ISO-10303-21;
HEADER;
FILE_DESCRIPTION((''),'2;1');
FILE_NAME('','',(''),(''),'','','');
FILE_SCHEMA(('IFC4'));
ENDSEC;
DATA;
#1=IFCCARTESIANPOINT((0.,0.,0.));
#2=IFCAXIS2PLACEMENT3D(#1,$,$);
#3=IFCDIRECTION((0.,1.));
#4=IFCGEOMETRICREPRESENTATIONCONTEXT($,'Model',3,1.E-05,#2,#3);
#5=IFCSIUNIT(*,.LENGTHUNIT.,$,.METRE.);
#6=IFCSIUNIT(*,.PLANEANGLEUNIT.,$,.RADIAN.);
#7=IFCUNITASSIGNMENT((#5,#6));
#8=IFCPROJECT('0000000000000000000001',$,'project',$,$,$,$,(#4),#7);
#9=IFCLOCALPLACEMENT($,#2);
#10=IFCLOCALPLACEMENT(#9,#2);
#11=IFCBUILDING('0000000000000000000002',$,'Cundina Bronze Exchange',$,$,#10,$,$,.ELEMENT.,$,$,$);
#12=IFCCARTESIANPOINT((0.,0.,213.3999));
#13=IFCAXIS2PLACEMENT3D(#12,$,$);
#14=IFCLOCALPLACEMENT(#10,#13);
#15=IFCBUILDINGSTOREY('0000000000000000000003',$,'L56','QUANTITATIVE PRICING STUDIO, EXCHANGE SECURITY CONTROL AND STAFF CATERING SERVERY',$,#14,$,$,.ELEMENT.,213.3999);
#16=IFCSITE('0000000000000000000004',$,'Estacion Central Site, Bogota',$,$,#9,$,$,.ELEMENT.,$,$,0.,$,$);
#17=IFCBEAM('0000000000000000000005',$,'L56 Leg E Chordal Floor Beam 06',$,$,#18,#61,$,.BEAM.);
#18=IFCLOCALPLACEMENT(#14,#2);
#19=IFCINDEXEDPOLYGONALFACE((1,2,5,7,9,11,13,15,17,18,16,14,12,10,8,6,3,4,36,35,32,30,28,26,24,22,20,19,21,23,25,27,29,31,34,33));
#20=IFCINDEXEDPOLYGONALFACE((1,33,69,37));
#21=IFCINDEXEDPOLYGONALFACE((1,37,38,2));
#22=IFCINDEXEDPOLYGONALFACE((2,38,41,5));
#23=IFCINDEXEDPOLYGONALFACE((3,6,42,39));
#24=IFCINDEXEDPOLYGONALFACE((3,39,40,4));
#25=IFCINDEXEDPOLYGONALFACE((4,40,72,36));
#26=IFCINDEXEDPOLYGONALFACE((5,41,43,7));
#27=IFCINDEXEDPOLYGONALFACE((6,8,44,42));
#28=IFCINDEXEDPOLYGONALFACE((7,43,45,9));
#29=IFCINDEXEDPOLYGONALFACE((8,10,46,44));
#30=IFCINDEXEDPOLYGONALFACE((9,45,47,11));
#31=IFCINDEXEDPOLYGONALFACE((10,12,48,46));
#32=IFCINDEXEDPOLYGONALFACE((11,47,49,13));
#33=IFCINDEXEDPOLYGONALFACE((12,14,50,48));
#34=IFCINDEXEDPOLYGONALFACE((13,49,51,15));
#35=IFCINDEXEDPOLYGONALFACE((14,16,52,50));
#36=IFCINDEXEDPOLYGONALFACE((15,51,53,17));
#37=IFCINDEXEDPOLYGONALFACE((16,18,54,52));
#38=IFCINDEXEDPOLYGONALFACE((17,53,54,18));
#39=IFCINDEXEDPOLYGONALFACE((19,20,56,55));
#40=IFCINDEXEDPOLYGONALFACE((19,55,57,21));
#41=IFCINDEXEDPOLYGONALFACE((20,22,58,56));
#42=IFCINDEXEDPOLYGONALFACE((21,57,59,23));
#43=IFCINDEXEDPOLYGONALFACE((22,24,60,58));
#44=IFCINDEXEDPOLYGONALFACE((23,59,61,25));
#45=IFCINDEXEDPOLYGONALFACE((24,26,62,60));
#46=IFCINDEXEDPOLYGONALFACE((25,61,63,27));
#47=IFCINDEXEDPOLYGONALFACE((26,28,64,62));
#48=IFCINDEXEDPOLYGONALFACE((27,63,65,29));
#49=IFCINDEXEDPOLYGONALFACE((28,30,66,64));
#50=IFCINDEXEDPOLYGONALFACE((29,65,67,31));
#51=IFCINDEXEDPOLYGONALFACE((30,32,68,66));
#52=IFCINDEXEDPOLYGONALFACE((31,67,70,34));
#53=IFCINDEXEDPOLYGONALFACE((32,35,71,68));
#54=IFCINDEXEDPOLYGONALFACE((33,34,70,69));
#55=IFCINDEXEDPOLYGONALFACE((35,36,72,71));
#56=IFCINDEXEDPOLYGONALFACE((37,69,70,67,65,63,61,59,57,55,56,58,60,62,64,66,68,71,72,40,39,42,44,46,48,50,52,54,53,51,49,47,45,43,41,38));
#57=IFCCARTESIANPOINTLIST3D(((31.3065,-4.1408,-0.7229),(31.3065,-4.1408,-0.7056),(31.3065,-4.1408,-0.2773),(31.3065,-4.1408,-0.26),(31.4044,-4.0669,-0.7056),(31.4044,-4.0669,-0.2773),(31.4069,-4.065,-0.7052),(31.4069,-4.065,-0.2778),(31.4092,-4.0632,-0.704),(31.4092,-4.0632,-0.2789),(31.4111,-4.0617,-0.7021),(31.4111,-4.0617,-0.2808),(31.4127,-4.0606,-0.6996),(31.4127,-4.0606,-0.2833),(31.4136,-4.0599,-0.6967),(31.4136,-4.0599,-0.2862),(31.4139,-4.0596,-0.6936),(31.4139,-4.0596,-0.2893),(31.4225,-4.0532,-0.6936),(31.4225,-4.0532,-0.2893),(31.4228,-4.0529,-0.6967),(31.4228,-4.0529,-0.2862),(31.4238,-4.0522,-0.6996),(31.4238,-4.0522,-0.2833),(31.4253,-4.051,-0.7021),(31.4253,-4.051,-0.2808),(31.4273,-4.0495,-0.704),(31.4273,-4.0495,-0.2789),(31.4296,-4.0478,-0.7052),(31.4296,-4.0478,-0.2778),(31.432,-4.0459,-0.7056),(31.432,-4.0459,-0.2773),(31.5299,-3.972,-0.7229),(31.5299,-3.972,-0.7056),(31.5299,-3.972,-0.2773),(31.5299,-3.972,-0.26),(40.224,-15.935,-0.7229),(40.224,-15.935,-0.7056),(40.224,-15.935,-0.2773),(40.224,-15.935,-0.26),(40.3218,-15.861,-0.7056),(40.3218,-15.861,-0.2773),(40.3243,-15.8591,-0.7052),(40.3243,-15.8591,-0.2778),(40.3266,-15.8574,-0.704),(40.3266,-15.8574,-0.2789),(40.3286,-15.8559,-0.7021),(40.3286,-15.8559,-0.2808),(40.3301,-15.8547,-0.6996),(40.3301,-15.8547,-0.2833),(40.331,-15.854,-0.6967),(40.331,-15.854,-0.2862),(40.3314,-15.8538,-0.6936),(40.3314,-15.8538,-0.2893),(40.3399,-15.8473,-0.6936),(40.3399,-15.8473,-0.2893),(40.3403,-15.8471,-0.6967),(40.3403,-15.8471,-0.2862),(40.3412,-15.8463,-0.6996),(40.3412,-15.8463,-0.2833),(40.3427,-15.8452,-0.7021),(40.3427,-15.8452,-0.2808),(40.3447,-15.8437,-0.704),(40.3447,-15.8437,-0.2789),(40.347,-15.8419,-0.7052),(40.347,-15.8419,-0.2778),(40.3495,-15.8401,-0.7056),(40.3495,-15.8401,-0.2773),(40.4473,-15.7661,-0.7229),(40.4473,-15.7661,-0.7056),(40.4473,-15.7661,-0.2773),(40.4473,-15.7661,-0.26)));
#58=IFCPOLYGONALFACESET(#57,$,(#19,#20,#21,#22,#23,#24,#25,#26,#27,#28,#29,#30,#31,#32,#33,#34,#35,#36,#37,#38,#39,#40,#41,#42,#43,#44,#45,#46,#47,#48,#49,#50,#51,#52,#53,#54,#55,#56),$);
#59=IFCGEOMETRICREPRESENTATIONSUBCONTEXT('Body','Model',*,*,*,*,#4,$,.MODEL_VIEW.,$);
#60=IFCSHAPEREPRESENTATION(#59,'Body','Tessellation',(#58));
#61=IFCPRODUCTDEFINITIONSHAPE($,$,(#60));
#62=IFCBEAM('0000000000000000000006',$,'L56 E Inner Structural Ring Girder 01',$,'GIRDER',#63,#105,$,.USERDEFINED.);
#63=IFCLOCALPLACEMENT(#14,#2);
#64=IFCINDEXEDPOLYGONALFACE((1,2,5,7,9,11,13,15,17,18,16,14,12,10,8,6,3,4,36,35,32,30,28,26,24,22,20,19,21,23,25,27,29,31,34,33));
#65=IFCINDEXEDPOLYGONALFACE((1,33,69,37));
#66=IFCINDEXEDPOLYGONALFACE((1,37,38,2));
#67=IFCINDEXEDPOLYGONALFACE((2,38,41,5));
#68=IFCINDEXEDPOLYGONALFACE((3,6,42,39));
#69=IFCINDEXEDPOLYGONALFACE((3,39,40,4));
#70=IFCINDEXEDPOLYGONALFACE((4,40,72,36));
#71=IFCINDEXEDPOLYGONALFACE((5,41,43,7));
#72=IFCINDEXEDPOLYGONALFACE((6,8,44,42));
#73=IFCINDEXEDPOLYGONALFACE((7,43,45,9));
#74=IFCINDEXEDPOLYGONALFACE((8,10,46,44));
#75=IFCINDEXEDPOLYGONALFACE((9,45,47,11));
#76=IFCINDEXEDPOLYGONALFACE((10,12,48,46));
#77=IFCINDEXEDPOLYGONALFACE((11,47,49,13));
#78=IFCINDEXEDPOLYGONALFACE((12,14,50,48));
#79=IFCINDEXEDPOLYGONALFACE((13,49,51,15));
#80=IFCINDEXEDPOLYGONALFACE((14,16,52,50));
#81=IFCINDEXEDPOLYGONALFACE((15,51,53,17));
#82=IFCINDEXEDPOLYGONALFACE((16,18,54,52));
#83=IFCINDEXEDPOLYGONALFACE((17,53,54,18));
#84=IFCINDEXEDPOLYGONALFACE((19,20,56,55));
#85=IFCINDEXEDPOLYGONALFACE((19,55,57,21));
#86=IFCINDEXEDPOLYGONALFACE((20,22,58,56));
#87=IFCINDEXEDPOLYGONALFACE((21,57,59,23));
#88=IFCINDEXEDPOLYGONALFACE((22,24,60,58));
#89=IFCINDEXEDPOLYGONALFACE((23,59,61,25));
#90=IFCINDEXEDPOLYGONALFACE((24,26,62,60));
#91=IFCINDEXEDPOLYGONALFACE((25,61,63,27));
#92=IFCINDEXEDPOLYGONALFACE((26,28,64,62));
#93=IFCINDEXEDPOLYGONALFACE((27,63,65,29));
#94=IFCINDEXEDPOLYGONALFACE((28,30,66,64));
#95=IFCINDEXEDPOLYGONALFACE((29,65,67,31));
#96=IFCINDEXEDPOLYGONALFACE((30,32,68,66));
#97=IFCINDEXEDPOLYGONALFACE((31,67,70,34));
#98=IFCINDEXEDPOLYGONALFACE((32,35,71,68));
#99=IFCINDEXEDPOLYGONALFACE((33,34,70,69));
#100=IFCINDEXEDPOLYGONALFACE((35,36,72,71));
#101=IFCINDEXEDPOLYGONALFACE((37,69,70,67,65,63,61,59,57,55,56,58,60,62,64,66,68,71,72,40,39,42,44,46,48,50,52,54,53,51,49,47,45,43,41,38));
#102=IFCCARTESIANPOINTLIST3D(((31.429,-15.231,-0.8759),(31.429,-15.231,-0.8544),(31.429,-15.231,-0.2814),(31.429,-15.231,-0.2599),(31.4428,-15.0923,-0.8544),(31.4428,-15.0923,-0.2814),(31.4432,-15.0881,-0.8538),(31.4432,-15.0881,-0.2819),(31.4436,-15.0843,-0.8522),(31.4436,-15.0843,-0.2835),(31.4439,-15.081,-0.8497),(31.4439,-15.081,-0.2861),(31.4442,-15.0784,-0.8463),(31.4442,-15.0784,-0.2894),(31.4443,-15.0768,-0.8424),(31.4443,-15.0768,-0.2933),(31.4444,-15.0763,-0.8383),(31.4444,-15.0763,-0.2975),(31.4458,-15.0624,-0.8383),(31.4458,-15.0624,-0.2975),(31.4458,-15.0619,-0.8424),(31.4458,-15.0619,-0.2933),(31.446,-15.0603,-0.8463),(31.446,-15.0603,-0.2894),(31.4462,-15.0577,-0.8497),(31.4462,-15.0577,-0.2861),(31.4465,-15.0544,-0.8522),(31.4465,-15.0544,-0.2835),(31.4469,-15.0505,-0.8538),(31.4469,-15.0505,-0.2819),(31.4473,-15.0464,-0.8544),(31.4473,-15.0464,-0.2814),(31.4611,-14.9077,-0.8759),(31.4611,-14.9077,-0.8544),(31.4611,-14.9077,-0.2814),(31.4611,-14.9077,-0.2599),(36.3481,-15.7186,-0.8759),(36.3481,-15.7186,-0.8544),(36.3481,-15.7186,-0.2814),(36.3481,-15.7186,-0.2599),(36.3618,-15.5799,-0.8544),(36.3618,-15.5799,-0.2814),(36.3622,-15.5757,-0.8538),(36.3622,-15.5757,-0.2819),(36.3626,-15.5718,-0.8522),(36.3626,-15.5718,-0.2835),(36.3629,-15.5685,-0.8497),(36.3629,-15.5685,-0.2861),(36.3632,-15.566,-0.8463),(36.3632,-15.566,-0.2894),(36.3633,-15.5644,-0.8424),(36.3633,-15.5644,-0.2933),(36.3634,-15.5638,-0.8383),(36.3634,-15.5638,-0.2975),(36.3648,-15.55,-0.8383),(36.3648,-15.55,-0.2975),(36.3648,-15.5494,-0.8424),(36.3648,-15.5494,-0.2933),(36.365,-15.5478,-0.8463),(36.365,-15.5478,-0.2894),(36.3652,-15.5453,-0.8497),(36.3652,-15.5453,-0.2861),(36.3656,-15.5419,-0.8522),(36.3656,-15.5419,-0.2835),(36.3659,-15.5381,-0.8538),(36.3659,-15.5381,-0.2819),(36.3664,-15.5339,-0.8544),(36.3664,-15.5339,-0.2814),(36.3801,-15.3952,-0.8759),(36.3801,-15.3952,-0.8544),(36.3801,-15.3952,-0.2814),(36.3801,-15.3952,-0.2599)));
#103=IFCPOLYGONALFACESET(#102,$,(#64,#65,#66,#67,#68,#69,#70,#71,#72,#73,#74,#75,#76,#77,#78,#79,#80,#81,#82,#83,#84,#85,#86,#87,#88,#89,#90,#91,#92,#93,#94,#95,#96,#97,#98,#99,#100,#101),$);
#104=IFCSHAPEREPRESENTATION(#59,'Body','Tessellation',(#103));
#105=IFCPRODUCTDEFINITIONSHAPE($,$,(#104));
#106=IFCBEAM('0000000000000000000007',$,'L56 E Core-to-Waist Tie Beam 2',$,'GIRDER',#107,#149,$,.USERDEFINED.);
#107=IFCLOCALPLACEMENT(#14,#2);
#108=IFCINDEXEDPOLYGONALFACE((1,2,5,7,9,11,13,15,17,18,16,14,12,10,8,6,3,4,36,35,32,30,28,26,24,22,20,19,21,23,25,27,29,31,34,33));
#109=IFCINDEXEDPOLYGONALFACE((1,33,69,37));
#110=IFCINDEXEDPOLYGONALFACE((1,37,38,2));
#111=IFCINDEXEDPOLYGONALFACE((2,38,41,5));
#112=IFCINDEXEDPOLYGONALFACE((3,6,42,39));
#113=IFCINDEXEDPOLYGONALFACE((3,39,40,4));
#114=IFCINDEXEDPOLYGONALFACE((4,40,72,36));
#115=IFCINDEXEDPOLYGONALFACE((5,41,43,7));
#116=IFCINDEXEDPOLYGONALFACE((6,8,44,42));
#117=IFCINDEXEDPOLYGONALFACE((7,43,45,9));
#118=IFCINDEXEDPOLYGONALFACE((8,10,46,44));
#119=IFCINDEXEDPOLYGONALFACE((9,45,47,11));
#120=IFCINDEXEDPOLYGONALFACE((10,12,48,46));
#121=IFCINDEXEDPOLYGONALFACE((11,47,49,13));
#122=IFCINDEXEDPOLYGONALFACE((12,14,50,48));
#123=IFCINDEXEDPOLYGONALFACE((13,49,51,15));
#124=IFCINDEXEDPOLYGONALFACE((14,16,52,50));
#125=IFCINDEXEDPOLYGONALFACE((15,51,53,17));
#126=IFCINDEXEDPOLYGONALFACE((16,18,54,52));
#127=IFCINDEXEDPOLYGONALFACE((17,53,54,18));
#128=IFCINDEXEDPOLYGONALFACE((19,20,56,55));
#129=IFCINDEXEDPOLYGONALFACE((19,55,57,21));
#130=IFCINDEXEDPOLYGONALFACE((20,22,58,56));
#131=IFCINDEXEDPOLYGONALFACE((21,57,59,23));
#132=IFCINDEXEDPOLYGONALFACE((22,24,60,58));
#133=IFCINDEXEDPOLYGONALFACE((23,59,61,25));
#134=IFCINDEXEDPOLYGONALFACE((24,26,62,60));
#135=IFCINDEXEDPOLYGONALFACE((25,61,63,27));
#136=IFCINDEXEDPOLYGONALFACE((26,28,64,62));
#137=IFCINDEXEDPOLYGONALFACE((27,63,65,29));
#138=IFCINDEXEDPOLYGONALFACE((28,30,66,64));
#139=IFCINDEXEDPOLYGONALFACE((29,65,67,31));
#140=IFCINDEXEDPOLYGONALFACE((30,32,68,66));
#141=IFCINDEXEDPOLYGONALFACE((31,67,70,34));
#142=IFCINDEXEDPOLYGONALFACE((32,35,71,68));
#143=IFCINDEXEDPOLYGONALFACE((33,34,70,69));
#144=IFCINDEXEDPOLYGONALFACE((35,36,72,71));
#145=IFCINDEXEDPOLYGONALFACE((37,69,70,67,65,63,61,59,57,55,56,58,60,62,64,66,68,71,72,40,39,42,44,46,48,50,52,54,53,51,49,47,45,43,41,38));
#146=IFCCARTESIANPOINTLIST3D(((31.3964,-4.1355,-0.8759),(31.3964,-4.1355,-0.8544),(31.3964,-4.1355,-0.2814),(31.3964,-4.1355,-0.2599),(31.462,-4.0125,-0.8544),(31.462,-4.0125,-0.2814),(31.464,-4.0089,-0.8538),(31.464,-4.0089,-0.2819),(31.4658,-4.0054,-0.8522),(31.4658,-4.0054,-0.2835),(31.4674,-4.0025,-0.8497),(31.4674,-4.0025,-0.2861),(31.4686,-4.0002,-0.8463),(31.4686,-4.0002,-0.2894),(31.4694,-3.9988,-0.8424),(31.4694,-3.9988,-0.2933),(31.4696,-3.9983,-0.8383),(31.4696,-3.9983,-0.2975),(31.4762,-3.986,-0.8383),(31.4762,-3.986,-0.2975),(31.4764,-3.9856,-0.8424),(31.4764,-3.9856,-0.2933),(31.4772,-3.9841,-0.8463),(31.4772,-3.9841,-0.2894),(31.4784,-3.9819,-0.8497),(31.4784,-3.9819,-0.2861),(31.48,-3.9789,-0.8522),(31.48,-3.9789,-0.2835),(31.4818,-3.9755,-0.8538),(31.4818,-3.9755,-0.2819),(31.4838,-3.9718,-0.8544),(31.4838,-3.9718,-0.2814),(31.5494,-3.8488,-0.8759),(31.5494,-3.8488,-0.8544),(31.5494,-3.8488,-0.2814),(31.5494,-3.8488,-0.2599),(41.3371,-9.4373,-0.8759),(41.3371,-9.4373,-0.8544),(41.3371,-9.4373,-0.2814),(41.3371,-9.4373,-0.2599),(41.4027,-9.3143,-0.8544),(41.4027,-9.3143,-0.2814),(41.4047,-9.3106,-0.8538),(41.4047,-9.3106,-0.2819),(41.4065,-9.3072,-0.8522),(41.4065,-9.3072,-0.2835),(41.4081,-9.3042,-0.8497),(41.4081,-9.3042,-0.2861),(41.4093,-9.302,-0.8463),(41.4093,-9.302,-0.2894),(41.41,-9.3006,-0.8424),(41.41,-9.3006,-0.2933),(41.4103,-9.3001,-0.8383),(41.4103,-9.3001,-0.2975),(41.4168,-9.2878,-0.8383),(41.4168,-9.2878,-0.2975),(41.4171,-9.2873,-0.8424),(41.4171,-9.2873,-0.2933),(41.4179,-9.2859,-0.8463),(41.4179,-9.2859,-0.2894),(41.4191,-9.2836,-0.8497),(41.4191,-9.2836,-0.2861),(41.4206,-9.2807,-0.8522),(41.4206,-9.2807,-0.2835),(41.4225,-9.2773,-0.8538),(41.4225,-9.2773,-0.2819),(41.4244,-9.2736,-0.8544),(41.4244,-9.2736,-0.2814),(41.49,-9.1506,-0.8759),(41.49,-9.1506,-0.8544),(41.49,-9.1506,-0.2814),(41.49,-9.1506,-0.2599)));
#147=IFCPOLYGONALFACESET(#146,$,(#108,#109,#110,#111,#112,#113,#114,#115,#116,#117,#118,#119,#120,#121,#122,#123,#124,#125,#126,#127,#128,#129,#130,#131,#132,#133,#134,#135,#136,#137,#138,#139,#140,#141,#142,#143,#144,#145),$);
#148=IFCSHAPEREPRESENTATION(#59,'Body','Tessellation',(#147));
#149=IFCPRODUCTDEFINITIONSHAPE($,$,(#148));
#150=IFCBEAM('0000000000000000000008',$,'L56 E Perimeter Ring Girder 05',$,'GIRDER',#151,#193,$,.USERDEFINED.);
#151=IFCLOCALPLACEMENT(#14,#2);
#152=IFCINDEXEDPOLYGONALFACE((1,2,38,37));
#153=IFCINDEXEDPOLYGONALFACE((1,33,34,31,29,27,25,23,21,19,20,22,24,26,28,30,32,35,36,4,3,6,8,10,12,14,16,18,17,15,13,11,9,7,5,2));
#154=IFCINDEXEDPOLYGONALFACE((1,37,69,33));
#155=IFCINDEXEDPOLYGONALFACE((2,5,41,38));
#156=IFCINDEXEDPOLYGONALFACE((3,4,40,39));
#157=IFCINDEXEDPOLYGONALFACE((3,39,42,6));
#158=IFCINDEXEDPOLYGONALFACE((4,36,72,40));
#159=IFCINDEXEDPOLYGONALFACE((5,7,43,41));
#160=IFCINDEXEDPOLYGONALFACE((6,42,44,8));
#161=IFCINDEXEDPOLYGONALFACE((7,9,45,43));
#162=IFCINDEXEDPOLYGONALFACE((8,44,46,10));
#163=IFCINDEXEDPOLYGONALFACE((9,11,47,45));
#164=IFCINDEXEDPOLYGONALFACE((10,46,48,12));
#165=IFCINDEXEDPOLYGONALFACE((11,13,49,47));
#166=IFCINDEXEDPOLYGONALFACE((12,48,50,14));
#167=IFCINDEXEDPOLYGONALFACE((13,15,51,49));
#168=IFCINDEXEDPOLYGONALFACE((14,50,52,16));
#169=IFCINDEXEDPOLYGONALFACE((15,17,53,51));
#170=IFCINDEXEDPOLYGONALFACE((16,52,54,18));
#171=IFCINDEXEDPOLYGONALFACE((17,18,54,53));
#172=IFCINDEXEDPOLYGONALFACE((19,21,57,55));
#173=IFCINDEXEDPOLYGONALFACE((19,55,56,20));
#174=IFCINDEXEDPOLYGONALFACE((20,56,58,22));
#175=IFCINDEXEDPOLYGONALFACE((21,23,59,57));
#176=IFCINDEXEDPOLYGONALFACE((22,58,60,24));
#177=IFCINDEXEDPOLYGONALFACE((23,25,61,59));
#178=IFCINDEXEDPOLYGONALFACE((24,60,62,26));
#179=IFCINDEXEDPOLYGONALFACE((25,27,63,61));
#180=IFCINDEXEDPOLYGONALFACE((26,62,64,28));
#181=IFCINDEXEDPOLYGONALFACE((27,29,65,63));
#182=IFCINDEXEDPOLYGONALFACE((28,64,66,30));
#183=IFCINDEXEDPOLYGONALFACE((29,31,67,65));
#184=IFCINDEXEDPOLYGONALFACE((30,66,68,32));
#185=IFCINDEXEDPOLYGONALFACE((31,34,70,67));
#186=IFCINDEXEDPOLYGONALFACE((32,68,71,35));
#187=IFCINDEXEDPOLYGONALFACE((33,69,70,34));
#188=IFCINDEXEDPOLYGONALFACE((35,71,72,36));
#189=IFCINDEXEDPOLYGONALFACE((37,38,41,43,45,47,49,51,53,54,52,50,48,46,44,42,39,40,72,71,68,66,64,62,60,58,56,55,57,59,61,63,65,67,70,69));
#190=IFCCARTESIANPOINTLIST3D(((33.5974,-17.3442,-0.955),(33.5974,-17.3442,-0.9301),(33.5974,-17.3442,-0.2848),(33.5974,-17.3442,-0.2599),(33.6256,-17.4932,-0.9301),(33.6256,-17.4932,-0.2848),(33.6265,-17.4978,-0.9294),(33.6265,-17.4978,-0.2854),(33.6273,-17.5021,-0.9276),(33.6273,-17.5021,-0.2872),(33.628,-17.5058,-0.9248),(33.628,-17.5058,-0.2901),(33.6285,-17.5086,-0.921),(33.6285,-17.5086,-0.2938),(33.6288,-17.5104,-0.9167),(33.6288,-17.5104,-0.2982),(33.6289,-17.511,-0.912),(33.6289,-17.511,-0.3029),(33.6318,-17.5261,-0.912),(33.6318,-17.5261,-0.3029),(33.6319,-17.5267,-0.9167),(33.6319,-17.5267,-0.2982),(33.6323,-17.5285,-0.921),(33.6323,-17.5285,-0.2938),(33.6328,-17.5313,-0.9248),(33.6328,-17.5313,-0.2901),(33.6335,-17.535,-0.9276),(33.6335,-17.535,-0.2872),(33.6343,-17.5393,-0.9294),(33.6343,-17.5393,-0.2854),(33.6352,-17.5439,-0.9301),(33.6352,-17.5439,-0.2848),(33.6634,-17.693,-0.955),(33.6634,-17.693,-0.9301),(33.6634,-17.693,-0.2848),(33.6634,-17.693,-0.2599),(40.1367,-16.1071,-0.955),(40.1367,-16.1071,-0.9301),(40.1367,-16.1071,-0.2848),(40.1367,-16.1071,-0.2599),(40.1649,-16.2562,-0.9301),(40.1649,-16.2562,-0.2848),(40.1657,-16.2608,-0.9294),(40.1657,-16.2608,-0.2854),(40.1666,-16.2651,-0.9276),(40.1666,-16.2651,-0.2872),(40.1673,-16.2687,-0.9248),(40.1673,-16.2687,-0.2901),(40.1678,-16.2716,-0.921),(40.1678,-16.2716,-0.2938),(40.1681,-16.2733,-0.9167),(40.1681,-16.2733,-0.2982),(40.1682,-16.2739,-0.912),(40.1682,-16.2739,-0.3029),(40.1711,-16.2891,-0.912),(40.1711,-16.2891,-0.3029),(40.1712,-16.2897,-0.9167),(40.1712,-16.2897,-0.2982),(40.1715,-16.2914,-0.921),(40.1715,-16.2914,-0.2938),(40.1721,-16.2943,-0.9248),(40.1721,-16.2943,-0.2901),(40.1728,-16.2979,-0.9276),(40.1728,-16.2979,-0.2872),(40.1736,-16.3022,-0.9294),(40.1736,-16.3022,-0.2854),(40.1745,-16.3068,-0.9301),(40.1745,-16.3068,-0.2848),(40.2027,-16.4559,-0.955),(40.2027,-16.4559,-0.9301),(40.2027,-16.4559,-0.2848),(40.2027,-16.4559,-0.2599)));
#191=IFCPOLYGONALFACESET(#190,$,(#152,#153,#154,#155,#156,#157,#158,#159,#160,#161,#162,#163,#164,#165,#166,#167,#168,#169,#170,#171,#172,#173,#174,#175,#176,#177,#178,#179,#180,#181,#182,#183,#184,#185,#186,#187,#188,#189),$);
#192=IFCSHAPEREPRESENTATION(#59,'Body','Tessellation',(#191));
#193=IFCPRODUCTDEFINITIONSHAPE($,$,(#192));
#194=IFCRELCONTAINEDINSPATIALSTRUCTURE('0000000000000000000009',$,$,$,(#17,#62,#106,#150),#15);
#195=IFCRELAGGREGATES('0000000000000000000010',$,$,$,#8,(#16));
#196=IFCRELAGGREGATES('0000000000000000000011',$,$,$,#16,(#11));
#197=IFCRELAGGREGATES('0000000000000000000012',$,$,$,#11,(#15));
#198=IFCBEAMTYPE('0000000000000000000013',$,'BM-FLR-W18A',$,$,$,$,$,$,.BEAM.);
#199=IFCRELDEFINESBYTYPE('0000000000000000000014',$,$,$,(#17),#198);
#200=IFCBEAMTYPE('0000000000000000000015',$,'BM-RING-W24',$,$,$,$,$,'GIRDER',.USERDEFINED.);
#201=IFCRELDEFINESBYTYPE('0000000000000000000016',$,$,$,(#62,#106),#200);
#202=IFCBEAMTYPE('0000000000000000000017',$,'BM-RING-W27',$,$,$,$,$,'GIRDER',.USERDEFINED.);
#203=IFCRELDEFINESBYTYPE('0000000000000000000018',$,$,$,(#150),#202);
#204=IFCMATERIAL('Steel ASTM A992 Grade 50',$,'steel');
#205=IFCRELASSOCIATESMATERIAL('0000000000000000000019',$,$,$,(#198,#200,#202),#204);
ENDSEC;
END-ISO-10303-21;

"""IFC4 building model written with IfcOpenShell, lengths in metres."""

from ifc_helpers import new_model, si_unit, direction, frame, origin, origin_2d, place, context, subcontext, project, spatial, i_section, extrude, material, material_profile, profile_set, type_object, element, save


model = new_model("IFC4")

# Units and contexts
model_context = context("Model", 3, precision=1e-05, world=origin(), true_north=direction((0.0, 1.0)))
body_context = subcontext(model_context, "Body", "Model", "MODEL_VIEW")
ifc_project = project(units=[si_unit("LENGTHUNIT", "METRE"), si_unit("PLANEANGLEUNIT", "RADIAN")], contexts=[model_context])

# Site, building, storey
site_placement = place(None, origin())
site = spatial("IfcSite", under=ifc_project, at=site_placement, Name="Estacion Central Site, Bogota", CompositionType="ELEMENT", RefElevation=0.0)
building_placement = place(site_placement, origin())
building = spatial("IfcBuilding", under=site, at=building_placement, Name="Cundina Bronze Exchange", CompositionType="ELEMENT")
storey_placement = place(building_placement, frame((0.0, 0.0, 213.3999)))
storey = spatial("IfcBuildingStorey", under=building, at=storey_placement, Name="L56", Description="QUANTITATIVE PRICING STUDIO, EXCHANGE SECURITY CONTROL AND STAFF CATERING SERVERY", CompositionType="ELEMENT", Elevation=213.3999)

# Shared definitions
ifc_material_1 = material(Name="Steel ASTM A992 Grade 50", Category="steel")

# Beams
ifc_material_profile_1 = material_profile(ifc_material_1, i_section(OverallWidth=0.28, OverallDepth=0.4629, WebThickness=0.0107, FlangeThickness=0.0173, FilletRadius=0.012, at=origin_2d()), Name="W18X76", Category="steel")
ifc_profile_set_1 = profile_set([ifc_material_profile_1], Name="Steel ASTM A992 Grade 50")
beam_type_1 = type_object("IfcBeamType", Name="BM-FLR-W18A", PredefinedType="BEAM", material=ifc_profile_set_1)
beam_1_placement = place(storey_placement, frame((31.4182, -4.0564, -0.4915), z_axis=(0.603105, -0.797662, 0.0), x_axis=(0.797662, 0.603105, 0.0)))
element("IfcBeam", 1, at=beam_1_placement, inside=storey, type_object=beam_type_1, Name="L56 Leg E Chordal Floor Beam 06", PredefinedType="BEAM", context=body_context, shape_type="SweptSolid", body=[
    extrude(i_section(OverallWidth=0.28, OverallDepth=0.4629, WebThickness=0.0107, FlangeThickness=0.0173, FilletRadius=0.012, at=origin_2d()), origin(), (0.0, 0.0, 1.0), 14.7859),
])
ifc_material_profile_2 = material_profile(ifc_material_1, i_section(OverallWidth=0.325, OverallDepth=0.616, WebThickness=0.0139, FlangeThickness=0.0215, FilletRadius=0.0161, at=origin_2d()), Name="W24X117", Category="steel")
ifc_profile_set_2 = profile_set([ifc_material_profile_2], Name="Steel ASTM A992 Grade 50")
beam_type_2 = type_object("IfcBeamType", Name="BM-RING-W24", ElementType="GIRDER", PredefinedType="USERDEFINED", material=ifc_profile_set_2)
beam_2_placement = place(storey_placement, frame((31.4451, -15.0693, -0.5679), z_axis=(0.995124, -0.098633, 0.0), x_axis=(0.098633, 0.995124, 0.0)))
element("IfcBeam", 2, at=beam_2_placement, inside=storey, type_object=beam_type_2, Name="L56 E Inner Structural Ring Girder 01", ObjectType="GIRDER", PredefinedType="USERDEFINED", context=body_context, shape_type="SweptSolid", body=[
    extrude(i_section(OverallWidth=0.325, OverallDepth=0.616, WebThickness=0.0139, FlangeThickness=0.0215, FilletRadius=0.0161, at=origin_2d()), origin(), (0.0, 0.0, 1.0), 4.9431),
])
beam_3_placement = place(storey_placement, frame((31.4729, -3.9922, -0.5679), z_axis=(0.882351, -0.470593, 0.0), x_axis=(0.470593, 0.882351, 0.0)))
element("IfcBeam", 3, at=beam_3_placement, inside=storey, type_object=beam_type_2, Name="L56 E Core-to-Waist Tie Beam 2", ObjectType="GIRDER", PredefinedType="USERDEFINED", context=body_context, shape_type="SweptSolid", body=[
    extrude(i_section(OverallWidth=0.325, OverallDepth=0.616, WebThickness=0.0139, FlangeThickness=0.0215, FilletRadius=0.0161, at=origin_2d()), origin(), (0.0, 0.0, 1.0), 11.2661),
])
ifc_material_profile_3 = material_profile(ifc_material_1, i_section(OverallWidth=0.355, OverallDepth=0.6951, WebThickness=0.0154, FlangeThickness=0.0249, FilletRadius=0.0181, at=origin_2d()), Name="W27X146", Category="steel")
ifc_profile_set_3 = profile_set([ifc_material_profile_3], Name="Steel ASTM A992 Grade 50")
beam_type_3 = type_object("IfcBeamType", Name="BM-RING-W27", ElementType="GIRDER", PredefinedType="USERDEFINED", material=ifc_profile_set_3)
beam_4_placement = place(storey_placement, frame((33.6304, -17.5186, -0.6074), z_axis=(0.982573, 0.185876, 0.0), x_axis=(-0.185876, 0.982573, 0.0)))
element("IfcBeam", 4, at=beam_4_placement, inside=storey, type_object=beam_type_3, Name="L56 E Perimeter Ring Girder 05", ObjectType="GIRDER", PredefinedType="USERDEFINED", context=body_context, shape_type="SweptSolid", body=[
    extrude(i_section(OverallWidth=0.355, OverallDepth=0.6951, WebThickness=0.0154, FlangeThickness=0.0249, FilletRadius=0.0181, at=origin_2d()), origin(), (0.0, 0.0, 1.0), 6.6553),
])

save(model, "model.ifc")
